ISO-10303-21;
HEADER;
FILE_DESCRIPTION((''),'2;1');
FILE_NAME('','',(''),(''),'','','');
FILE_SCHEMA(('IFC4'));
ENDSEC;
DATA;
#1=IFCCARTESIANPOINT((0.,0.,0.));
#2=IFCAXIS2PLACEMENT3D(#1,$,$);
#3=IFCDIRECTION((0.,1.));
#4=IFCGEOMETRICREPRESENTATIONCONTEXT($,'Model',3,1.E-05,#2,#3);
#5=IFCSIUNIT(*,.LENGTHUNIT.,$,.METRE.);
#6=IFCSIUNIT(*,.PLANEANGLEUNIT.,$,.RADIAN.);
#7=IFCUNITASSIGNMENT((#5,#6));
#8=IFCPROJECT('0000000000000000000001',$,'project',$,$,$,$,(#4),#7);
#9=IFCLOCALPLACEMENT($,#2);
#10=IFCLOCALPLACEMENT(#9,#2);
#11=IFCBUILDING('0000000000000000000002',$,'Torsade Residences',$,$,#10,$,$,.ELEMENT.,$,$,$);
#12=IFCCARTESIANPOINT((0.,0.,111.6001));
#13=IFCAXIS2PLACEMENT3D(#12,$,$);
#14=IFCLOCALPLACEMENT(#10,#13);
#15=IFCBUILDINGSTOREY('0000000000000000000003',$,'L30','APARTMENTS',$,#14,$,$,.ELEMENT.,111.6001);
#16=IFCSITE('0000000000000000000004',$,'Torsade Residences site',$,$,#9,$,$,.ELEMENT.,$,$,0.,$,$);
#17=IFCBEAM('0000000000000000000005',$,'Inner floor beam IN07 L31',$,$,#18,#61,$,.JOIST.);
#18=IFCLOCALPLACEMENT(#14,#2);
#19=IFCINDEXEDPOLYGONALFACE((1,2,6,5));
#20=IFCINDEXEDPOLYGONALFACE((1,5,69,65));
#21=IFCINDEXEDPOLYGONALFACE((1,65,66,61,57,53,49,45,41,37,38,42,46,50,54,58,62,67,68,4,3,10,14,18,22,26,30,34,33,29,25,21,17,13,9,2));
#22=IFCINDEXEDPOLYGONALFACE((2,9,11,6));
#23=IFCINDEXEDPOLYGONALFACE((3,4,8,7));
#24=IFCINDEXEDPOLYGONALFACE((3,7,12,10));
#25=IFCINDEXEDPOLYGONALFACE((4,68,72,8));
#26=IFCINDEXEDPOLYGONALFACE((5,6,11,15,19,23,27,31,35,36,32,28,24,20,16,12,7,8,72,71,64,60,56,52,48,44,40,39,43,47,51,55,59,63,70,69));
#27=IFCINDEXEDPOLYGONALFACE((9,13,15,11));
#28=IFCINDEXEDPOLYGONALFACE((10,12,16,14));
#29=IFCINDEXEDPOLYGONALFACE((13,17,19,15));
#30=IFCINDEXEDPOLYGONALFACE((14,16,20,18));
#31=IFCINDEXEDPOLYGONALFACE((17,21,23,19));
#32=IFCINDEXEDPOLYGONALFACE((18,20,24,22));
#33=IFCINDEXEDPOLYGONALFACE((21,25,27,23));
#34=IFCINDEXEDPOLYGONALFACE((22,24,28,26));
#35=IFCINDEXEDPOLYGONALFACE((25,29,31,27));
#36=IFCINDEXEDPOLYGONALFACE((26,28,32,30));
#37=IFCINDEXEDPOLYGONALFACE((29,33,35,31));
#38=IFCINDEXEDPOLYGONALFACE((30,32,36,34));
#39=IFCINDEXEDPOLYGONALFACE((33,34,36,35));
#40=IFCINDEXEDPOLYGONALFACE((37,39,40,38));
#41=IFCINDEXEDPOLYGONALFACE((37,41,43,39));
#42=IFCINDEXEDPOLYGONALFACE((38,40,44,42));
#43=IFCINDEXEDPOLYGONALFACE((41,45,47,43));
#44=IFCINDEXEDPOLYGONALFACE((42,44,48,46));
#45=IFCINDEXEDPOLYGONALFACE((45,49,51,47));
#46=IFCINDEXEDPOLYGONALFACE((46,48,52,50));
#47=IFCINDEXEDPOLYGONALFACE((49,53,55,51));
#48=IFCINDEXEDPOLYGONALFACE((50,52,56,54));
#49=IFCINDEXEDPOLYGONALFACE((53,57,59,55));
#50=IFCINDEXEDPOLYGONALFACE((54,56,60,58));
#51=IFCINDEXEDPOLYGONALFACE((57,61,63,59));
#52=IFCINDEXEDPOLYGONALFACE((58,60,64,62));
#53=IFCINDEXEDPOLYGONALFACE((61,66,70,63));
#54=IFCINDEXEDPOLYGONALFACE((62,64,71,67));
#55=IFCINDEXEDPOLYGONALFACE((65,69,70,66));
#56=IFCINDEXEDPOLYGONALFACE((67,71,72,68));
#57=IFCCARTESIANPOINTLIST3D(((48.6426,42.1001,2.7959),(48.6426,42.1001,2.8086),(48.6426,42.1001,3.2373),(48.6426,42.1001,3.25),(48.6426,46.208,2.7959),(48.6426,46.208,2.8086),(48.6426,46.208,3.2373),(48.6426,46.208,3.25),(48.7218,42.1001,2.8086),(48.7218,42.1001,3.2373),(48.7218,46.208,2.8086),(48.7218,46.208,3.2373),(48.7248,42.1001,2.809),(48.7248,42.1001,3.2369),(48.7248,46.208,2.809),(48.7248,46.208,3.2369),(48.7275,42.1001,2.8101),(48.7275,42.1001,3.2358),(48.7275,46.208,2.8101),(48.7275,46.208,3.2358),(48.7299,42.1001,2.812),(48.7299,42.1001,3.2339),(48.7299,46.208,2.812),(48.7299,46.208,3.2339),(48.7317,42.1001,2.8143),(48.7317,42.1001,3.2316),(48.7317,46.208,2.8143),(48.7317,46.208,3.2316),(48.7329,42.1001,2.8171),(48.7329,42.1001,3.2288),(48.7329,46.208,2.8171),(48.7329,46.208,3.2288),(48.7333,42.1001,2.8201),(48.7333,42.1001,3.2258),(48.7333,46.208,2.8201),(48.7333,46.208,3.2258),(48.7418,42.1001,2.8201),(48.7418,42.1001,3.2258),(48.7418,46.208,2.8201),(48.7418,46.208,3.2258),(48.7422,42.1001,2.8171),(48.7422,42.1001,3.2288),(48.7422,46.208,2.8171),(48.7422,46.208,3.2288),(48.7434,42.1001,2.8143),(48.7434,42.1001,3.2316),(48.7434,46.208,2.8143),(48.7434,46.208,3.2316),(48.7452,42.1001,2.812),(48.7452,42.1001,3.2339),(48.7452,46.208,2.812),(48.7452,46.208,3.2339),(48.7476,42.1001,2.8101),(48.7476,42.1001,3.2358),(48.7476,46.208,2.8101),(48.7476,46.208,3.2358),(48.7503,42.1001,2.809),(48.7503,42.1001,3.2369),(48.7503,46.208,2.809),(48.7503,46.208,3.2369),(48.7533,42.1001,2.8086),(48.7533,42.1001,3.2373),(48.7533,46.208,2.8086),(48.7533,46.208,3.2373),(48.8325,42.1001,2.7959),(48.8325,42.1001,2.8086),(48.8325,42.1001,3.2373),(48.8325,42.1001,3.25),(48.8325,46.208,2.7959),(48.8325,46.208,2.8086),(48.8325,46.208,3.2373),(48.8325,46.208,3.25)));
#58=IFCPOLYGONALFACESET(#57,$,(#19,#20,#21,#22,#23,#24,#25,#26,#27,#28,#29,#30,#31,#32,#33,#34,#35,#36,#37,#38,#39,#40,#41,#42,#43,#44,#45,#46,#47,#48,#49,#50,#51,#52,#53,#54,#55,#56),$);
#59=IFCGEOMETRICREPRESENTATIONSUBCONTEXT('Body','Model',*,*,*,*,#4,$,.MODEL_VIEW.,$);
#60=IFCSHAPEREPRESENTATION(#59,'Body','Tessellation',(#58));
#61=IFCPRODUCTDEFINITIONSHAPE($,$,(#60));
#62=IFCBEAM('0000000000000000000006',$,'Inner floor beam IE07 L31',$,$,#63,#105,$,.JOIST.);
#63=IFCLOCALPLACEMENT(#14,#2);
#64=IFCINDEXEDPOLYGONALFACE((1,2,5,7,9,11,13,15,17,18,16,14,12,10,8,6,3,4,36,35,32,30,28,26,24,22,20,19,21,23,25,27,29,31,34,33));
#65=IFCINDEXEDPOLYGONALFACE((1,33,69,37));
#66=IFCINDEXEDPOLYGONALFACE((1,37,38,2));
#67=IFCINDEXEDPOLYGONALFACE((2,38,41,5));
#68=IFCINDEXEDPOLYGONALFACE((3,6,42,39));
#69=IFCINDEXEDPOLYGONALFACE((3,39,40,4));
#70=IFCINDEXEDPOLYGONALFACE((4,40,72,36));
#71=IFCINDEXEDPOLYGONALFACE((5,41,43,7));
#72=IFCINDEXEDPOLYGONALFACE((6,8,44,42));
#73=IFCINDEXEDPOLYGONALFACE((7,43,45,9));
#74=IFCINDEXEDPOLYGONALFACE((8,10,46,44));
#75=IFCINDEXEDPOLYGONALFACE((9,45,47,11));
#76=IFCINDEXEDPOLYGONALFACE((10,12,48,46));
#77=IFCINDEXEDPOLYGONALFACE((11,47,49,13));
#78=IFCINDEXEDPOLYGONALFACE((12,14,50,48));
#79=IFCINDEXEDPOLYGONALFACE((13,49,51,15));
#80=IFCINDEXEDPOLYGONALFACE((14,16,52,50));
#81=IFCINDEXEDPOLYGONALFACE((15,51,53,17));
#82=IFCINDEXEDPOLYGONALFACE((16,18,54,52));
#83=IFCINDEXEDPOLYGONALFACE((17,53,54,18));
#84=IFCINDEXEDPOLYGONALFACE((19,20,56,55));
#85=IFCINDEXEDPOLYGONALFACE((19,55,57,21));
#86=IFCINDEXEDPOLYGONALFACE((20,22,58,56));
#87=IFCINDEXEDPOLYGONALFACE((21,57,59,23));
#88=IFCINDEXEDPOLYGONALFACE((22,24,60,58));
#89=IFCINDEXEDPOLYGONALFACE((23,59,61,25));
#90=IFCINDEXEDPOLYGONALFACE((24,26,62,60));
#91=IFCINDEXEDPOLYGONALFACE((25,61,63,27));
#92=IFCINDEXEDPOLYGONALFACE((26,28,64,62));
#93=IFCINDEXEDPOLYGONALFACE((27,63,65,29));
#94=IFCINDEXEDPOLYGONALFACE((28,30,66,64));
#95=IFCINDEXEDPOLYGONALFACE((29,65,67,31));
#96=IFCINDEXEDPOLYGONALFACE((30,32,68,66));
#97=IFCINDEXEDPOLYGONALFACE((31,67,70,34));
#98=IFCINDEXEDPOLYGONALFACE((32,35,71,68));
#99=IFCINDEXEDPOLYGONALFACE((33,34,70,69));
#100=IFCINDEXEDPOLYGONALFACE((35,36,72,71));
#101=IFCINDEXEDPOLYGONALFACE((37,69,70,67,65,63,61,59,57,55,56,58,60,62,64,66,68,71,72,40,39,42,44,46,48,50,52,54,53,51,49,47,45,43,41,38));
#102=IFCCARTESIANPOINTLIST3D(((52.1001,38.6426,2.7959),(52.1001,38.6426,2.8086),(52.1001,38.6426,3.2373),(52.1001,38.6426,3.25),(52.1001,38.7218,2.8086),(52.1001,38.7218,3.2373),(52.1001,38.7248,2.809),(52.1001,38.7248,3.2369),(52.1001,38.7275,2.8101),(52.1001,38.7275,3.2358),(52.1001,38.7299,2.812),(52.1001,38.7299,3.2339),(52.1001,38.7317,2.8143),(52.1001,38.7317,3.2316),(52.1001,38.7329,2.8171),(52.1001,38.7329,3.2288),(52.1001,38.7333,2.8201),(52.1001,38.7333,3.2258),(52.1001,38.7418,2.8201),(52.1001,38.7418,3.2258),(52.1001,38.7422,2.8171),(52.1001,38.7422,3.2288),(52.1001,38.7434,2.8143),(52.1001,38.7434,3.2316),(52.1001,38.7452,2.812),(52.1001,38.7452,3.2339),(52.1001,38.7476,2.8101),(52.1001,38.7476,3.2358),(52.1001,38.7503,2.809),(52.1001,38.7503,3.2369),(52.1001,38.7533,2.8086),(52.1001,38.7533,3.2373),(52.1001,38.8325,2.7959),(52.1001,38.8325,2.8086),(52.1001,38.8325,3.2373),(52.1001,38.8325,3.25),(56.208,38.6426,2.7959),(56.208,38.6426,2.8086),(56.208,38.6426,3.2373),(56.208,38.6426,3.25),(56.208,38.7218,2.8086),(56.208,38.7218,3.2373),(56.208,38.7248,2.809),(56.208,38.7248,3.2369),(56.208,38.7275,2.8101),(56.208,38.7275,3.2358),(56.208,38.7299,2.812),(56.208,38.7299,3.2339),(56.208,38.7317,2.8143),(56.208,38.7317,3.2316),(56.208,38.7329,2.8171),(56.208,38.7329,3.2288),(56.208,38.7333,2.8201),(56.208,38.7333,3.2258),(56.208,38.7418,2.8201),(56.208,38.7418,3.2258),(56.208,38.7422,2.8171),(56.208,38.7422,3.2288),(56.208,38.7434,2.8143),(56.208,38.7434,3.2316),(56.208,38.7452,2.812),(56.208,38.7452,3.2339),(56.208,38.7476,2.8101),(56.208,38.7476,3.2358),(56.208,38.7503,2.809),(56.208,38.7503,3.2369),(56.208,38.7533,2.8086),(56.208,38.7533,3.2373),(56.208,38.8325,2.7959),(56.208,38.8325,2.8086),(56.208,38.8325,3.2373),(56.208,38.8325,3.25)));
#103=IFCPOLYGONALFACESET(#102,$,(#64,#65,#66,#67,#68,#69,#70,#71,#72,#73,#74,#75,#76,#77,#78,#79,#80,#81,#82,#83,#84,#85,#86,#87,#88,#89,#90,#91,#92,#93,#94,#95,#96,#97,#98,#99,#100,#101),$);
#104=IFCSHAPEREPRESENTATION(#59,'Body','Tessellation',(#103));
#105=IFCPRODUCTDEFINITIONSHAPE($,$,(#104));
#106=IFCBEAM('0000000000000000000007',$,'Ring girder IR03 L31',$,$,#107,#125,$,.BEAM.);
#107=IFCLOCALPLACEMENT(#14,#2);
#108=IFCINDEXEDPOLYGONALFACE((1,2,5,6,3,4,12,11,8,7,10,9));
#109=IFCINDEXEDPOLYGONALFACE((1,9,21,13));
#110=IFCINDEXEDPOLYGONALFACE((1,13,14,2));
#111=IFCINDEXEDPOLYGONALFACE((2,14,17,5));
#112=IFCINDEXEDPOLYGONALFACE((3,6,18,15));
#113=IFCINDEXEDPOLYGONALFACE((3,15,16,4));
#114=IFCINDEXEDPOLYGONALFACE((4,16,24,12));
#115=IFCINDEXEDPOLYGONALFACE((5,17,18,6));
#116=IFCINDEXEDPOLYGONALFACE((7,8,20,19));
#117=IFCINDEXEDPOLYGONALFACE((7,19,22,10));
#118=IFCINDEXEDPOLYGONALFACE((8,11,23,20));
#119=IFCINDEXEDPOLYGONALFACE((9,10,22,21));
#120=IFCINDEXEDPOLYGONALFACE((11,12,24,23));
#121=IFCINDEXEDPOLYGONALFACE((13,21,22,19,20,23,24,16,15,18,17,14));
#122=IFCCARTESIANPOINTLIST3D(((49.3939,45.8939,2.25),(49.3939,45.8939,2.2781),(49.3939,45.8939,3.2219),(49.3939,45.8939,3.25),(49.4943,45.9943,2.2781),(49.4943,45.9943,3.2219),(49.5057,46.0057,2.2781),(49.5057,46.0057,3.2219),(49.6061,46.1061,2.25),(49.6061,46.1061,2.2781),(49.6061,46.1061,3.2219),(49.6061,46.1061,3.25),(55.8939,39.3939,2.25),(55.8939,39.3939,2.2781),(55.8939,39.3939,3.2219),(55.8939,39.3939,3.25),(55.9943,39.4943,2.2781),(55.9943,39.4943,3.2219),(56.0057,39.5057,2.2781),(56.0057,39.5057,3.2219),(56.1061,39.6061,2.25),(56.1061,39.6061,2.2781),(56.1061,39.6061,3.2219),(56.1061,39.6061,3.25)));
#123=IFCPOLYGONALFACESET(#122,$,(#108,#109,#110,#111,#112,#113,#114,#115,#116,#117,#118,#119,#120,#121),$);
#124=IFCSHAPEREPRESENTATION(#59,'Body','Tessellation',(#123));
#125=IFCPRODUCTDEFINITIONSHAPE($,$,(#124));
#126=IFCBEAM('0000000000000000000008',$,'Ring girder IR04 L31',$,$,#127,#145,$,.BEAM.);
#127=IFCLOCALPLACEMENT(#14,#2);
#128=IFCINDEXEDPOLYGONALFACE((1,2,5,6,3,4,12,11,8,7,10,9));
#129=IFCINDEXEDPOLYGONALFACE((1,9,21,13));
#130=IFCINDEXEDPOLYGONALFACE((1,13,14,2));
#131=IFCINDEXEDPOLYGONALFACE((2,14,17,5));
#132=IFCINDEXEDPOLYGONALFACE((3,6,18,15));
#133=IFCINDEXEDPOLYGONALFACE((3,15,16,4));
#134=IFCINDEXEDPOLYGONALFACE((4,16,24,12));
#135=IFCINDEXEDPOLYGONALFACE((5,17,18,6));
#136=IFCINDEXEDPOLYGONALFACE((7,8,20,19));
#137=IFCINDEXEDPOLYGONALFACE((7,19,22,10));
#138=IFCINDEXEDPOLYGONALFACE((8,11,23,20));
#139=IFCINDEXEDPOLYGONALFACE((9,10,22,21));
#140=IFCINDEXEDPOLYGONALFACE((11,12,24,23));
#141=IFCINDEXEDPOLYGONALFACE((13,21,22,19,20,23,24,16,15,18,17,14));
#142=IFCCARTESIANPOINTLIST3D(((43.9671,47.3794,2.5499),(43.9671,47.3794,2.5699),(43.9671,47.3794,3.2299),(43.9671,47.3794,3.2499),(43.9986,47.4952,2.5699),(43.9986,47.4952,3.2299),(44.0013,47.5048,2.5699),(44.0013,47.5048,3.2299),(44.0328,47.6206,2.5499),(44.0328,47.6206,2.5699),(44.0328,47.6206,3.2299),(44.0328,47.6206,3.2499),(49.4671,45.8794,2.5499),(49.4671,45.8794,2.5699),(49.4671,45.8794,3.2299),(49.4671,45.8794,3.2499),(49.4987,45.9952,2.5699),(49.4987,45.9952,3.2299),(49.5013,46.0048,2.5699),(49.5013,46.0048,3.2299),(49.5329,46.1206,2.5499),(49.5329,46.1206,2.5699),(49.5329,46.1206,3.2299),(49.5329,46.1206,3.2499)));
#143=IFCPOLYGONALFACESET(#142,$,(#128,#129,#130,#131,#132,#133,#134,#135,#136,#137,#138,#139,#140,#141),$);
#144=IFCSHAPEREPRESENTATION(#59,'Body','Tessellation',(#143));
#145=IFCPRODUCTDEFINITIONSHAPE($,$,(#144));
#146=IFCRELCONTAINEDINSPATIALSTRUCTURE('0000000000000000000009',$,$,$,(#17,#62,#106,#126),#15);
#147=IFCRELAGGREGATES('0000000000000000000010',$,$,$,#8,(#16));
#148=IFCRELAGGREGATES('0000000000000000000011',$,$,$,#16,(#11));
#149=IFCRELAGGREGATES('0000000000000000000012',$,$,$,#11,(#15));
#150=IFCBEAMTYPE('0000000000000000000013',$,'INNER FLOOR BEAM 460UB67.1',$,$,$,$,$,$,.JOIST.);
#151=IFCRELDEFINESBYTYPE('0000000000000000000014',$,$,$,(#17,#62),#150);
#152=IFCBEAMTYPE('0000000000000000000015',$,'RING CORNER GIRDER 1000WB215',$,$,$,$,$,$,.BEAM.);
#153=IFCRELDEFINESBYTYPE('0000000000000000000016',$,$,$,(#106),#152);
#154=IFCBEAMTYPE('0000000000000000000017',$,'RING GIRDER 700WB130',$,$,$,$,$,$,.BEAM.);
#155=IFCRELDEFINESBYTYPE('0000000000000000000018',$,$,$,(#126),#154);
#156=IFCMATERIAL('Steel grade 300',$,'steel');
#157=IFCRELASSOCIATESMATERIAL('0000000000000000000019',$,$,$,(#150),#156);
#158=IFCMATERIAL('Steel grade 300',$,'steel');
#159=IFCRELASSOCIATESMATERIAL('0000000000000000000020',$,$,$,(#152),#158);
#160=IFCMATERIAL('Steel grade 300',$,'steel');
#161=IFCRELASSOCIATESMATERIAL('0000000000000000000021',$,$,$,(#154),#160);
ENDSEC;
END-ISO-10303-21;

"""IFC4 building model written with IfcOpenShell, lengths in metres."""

from ifc_helpers import new_model, si_unit, direction, frame, origin, origin_2d, place, context, subcontext, project, spatial, i_section, extrude, material, material_profile, profile_set, type_object, element, save


model = new_model("IFC4")

# Units and contexts
model_context = context("Model", 3, precision=1e-05, world=origin(), true_north=direction((0.0, 1.0)))
body_context = subcontext(model_context, "Body", "Model", "MODEL_VIEW")
ifc_project = project(units=[si_unit("LENGTHUNIT", "METRE"), si_unit("PLANEANGLEUNIT", "RADIAN")], contexts=[model_context])

# Site, building, storey
site_placement = place(None, origin())
site = spatial("IfcSite", under=ifc_project, at=site_placement, Name="Torsade Residences site", CompositionType="ELEMENT", RefElevation=0.0)
building_placement = place(site_placement, origin())
building = spatial("IfcBuilding", under=site, at=building_placement, Name="Torsade Residences", CompositionType="ELEMENT")
storey_placement = place(building_placement, frame((0.0, 0.0, 111.6001)))
storey = spatial("IfcBuildingStorey", under=building, at=storey_placement, Name="L30", Description="APARTMENTS", CompositionType="ELEMENT", Elevation=111.6001)

# Beams
ifc_material_1 = material(Name="Steel grade 300", Category="steel")
ifc_material_profile_1 = material_profile(ifc_material_1, i_section(OverallWidth=0.1899, OverallDepth=0.4541, WebThickness=0.0085, FlangeThickness=0.0127, FilletRadius=0.0115, at=origin_2d()), Name="460UB67.1")
ifc_profile_set_1 = profile_set([ifc_material_profile_1], Name="Steel grade 300")
beam_type_1 = type_object("IfcBeamType", Name="INNER FLOOR BEAM 460UB67.1", PredefinedType="JOIST", material=ifc_profile_set_1)
for number, where, z_axis, x_axis, name in (
    (1, (48.7375, 42.1001, 3.0229), (0.0, 1.0, 0.0), (-1.0, 0.0, 0.0), "Inner floor beam IN07 L31"),
    (2, (52.1001, 38.7375, 3.0229), (1.0, 0.0, 0.0), (0.0, 1.0, 0.0), "Inner floor beam IE07 L31"),
):
    element("IfcBeam", number, at=place(storey_placement, frame(where, z_axis=z_axis, x_axis=x_axis)), inside=storey, type_object=beam_type_1, Name=name, PredefinedType="JOIST", context=body_context, shape_type="SweptSolid", body=[
        extrude(i_section(OverallWidth=0.1899, OverallDepth=0.4541, WebThickness=0.0085, FlangeThickness=0.0127, FilletRadius=0.0115, at=origin_2d()), origin(), (0.0, 0.0, 1.0), 4.1079),
    ])
ifc_material_2 = material(Name="Steel grade 300", Category="steel")
ifc_material_profile_2 = material_profile(ifc_material_2, i_section(OverallWidth=0.3, OverallDepth=1.0, WebThickness=0.0161, FlangeThickness=0.0281, at=origin_2d()), Name="1000WB215")
ifc_profile_set_2 = profile_set([ifc_material_profile_2], Name="Steel grade 300")
beam_type_2 = type_object("IfcBeamType", Name="RING CORNER GIRDER 1000WB215", PredefinedType="BEAM", material=ifc_profile_set_2)
beam_1_placement = place(storey_placement, frame((56.0, 39.5, 2.75), z_axis=(-0.707107, 0.707107, 0.0), x_axis=(-0.707107, -0.707107, 0.0)))
element("IfcBeam", 3, at=beam_1_placement, inside=storey, type_object=beam_type_2, Name="Ring girder IR03 L31", PredefinedType="BEAM", context=body_context, shape_type="SweptSolid", body=[
    extrude(i_section(OverallWidth=0.3, OverallDepth=1.0, WebThickness=0.0161, FlangeThickness=0.0281, at=origin_2d()), origin(), (0.0, 0.0, 1.0), 9.1924),
])
ifc_material_3 = material(Name="Steel grade 300", Category="steel")
ifc_material_profile_3 = material_profile(ifc_material_3, i_section(OverallWidth=0.25, OverallDepth=0.7, WebThickness=0.01, FlangeThickness=0.02, at=origin_2d()), Name="700WB130")
ifc_profile_set_3 = profile_set([ifc_material_profile_3], Name="Steel grade 300")
beam_type_3 = type_object("IfcBeamType", Name="RING GIRDER 700WB130", PredefinedType="BEAM", material=ifc_profile_set_3)
beam_2_placement = place(storey_placement, frame((49.5, 46.0, 2.8999), z_axis=(-0.964764, 0.263117, 0.0), x_axis=(-0.263117, -0.964764, 0.0)))
element("IfcBeam", 4, at=beam_2_placement, inside=storey, type_object=beam_type_3, Name="Ring girder IR04 L31", PredefinedType="BEAM", context=body_context, shape_type="SweptSolid", body=[
    extrude(i_section(OverallWidth=0.25, OverallDepth=0.7, WebThickness=0.01, FlangeThickness=0.02, at=origin_2d()), origin(), (0.0, 0.0, 1.0), 5.7009),
])

save(model, "model.ifc")
